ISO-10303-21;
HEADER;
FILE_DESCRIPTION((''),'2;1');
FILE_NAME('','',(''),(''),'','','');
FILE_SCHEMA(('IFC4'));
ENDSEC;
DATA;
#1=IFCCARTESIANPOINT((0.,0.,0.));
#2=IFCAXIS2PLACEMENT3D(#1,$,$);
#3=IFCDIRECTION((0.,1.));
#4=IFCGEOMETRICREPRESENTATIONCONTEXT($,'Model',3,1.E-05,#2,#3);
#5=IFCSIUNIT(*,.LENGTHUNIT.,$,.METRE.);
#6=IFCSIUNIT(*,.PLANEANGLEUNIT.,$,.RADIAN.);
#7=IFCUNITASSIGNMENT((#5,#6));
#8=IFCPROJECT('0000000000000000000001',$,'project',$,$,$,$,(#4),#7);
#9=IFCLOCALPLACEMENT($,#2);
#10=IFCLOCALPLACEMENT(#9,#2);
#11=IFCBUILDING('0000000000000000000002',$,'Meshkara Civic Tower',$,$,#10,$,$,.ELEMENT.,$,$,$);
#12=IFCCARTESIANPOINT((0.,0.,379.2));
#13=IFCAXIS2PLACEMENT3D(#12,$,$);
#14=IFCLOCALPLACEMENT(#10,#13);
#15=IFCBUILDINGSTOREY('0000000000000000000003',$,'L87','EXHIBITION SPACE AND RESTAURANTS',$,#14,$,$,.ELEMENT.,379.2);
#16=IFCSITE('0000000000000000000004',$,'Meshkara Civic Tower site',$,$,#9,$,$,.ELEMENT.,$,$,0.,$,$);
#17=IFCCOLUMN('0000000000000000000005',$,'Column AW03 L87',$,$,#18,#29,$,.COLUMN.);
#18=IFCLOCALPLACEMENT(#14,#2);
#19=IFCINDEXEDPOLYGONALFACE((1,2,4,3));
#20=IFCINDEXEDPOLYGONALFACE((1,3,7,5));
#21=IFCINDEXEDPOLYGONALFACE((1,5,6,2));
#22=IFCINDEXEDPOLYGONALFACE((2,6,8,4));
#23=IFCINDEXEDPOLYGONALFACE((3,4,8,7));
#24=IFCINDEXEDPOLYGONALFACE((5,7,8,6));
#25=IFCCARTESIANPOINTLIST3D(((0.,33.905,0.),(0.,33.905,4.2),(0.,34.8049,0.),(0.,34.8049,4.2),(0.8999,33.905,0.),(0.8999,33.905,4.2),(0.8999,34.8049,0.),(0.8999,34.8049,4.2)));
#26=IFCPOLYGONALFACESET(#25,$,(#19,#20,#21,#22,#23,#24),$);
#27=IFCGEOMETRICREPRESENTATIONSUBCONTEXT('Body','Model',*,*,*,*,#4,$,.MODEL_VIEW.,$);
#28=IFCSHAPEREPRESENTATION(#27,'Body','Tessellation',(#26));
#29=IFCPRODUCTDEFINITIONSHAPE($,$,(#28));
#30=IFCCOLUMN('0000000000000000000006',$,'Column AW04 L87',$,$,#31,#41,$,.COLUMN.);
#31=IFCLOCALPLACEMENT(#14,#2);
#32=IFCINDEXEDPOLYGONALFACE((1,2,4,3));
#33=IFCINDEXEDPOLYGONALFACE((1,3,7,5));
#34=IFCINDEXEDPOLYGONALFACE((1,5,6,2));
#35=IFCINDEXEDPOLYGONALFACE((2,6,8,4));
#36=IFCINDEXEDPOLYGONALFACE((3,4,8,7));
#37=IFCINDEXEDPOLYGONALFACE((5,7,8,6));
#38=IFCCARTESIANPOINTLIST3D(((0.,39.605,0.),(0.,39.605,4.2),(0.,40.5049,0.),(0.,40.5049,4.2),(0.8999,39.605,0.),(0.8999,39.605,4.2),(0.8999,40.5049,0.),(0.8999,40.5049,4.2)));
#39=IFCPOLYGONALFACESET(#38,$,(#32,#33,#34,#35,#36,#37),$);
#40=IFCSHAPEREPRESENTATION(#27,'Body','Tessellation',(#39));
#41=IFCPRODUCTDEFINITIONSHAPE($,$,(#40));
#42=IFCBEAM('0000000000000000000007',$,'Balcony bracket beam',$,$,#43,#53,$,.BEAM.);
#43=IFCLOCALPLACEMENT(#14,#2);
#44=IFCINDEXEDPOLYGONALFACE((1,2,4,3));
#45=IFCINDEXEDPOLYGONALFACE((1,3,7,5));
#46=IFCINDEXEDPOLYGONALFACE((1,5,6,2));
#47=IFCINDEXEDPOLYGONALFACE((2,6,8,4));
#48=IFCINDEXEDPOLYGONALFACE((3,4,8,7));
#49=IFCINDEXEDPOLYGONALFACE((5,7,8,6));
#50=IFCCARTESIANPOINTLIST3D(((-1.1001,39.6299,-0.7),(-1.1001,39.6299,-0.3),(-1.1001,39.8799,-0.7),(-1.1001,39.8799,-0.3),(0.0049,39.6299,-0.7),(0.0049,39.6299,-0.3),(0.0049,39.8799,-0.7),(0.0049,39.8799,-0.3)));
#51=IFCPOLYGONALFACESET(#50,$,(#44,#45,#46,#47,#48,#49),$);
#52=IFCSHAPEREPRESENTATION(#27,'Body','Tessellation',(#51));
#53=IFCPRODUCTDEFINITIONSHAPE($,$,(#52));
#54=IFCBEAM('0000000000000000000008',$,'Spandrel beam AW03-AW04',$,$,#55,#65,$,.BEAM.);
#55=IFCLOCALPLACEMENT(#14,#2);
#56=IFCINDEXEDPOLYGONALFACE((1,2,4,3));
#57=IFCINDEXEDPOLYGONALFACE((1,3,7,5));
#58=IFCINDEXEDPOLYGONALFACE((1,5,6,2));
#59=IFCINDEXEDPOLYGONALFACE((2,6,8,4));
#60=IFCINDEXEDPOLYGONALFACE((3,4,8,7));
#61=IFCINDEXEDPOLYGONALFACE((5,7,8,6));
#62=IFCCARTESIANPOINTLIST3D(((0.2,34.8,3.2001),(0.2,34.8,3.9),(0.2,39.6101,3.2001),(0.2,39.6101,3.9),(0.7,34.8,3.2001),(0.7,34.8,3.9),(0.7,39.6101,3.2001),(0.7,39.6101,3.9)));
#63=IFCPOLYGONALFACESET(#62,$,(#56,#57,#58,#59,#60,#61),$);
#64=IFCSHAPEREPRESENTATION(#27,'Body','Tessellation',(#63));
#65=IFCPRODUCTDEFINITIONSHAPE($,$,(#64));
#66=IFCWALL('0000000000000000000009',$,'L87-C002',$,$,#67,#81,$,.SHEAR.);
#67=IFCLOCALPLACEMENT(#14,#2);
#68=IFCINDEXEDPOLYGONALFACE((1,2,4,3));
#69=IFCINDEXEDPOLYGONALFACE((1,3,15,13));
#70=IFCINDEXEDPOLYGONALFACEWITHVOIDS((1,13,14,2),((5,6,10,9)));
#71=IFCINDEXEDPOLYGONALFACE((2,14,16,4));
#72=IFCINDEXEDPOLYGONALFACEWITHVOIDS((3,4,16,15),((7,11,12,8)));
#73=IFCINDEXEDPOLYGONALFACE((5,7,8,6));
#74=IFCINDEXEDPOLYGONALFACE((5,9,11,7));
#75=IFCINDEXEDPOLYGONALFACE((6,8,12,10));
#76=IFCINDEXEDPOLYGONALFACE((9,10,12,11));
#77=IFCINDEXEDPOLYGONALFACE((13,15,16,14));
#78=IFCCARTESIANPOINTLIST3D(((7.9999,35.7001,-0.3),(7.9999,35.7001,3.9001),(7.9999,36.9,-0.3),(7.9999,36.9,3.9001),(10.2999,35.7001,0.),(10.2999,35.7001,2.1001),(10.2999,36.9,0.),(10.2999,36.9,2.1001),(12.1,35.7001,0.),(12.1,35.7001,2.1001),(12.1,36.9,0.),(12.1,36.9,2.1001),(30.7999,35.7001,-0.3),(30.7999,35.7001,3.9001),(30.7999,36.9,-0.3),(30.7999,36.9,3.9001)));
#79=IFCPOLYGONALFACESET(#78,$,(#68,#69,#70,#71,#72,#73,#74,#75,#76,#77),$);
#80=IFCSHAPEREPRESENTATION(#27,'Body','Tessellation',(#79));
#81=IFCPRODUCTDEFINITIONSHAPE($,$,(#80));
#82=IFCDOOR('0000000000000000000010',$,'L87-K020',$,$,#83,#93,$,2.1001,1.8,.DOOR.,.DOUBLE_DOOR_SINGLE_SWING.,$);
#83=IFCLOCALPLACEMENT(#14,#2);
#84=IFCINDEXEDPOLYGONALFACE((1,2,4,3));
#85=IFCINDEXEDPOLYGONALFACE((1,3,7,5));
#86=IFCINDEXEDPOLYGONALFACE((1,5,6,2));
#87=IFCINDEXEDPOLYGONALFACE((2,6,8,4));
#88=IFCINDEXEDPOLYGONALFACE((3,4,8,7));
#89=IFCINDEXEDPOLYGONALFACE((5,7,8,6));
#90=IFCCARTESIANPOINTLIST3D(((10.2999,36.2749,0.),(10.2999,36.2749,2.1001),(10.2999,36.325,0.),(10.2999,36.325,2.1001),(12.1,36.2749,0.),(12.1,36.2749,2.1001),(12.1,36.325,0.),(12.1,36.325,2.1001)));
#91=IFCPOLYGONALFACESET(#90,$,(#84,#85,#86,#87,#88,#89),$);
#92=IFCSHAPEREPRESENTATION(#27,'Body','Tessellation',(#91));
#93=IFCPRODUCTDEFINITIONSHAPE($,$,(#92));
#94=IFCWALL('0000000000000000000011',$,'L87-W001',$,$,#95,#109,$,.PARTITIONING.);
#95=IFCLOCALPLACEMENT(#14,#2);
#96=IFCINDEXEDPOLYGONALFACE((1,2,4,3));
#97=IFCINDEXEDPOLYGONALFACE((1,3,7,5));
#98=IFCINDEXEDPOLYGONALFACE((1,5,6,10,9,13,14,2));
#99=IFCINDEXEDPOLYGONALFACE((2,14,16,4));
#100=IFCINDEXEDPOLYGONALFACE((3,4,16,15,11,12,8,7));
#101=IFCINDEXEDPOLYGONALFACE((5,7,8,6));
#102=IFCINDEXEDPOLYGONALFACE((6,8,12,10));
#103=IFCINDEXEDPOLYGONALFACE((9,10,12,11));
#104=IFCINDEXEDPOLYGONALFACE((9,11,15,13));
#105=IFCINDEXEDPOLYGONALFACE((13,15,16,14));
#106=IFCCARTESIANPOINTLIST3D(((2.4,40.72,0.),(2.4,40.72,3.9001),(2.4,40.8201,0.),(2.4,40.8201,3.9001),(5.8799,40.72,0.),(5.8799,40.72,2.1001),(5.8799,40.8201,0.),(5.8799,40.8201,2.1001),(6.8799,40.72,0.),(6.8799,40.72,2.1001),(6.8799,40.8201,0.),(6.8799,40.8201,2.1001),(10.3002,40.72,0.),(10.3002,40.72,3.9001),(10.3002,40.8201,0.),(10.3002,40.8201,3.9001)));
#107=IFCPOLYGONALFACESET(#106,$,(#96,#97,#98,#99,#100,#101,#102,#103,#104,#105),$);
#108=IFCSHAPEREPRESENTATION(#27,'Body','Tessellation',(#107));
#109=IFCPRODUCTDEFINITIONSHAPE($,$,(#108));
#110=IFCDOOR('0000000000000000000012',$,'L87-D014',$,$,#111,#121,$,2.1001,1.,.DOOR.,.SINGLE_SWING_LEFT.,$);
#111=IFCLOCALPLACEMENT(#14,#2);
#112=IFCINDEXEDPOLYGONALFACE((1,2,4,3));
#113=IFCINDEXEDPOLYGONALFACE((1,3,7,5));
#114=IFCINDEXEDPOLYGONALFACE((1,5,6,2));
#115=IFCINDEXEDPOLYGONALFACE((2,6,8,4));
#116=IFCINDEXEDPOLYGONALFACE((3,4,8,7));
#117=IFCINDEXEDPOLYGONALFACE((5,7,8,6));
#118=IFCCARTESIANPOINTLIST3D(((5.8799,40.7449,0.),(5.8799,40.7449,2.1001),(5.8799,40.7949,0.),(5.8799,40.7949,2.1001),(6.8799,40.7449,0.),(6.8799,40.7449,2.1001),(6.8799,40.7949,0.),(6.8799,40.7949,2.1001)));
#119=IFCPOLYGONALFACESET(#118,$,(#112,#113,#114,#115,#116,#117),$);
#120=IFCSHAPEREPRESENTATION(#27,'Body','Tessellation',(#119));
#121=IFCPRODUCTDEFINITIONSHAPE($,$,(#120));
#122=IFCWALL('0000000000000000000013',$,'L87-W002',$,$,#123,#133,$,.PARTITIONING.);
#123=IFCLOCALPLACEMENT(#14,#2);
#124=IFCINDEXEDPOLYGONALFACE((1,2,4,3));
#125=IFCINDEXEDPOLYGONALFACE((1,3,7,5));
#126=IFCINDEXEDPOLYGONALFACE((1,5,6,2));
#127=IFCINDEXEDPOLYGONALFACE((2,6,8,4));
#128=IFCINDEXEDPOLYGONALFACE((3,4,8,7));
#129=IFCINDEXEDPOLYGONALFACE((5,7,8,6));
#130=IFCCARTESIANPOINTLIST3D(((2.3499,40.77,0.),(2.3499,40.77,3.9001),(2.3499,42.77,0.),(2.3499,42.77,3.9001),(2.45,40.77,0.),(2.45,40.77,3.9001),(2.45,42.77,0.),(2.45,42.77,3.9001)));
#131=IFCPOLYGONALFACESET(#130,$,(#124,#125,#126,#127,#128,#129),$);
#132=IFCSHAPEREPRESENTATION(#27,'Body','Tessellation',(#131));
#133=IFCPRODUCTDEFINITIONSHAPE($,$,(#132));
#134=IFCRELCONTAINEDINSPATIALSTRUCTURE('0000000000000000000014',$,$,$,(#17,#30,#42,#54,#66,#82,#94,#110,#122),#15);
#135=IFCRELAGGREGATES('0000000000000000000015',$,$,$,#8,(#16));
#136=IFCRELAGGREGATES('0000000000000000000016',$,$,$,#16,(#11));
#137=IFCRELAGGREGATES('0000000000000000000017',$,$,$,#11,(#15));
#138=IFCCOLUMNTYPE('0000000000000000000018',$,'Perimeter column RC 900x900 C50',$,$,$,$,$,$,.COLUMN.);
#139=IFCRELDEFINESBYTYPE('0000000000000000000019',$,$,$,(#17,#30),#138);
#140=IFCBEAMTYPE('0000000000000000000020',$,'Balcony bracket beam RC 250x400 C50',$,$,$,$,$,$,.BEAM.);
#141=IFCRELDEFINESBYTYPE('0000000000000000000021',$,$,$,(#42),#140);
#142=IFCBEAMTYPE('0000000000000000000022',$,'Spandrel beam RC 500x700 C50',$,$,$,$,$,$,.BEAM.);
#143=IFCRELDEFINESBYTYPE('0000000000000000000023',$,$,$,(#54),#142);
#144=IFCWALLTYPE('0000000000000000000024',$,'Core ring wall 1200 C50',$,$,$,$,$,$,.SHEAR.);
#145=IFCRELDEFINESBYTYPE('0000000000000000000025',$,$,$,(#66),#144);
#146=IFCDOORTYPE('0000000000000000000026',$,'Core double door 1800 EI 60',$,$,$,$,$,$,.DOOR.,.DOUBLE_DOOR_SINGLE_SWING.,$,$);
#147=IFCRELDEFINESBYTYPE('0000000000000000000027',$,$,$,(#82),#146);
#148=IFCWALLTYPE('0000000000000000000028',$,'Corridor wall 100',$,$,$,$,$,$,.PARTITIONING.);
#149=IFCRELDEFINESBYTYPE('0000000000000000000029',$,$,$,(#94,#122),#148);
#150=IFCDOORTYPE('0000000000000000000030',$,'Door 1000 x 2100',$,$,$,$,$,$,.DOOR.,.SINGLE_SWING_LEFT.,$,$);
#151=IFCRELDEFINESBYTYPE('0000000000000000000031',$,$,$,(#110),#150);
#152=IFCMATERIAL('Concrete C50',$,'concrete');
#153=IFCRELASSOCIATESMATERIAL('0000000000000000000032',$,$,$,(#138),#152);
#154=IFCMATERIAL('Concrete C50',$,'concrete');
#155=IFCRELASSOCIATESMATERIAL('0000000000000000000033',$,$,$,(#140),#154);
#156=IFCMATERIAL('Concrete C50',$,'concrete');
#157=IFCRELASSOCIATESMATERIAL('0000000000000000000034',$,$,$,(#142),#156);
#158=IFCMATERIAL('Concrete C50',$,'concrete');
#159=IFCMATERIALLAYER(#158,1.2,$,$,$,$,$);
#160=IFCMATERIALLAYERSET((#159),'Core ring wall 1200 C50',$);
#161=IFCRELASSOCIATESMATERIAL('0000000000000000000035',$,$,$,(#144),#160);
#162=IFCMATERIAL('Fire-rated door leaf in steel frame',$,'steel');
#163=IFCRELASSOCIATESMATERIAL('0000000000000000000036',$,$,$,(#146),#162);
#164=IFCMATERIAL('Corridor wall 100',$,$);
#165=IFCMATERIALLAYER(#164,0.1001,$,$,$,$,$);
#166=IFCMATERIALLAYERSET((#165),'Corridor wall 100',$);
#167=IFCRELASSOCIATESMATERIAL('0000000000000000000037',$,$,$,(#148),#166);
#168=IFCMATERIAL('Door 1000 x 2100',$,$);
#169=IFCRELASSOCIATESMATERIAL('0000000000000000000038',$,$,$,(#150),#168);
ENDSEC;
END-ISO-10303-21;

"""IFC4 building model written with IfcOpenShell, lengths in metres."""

from ifc_helpers import new_model, si_unit, direction, frame, frame_2d, origin, origin_2d, place, context, subcontext, project, spatial, rectangle, extrude, material, layer, layer_set, material_profile, profile_set, type_object, element, fill, save


model = new_model("IFC4")

# Units and contexts
model_context = context("Model", 3, precision=1e-05, world=origin(), true_north=direction((0.0, 1.0)))
body_context = subcontext(model_context, "Body", "Model", "MODEL_VIEW")
ifc_project = project(units=[si_unit("LENGTHUNIT", "METRE"), si_unit("PLANEANGLEUNIT", "RADIAN")], contexts=[model_context])

# Site, building, storey
site_placement = place(None, origin())
site = spatial("IfcSite", under=ifc_project, at=site_placement, Name="Meshkara Civic Tower site", CompositionType="ELEMENT", RefElevation=0.0)
building_placement = place(site_placement, origin())
building = spatial("IfcBuilding", under=site, at=building_placement, Name="Meshkara Civic Tower", CompositionType="ELEMENT")
storey_placement = place(building_placement, frame((0.0, 0.0, 379.2)))
storey = spatial("IfcBuildingStorey", under=building, at=storey_placement, Name="L87", Description="EXHIBITION SPACE AND RESTAURANTS", CompositionType="ELEMENT", Elevation=379.2)

# Columns
ifc_material_1 = material(Name="Concrete C50", Category="concrete")
ifc_material_profile_1 = material_profile(ifc_material_1, rectangle(XDim=0.8999, YDim=0.8999, at=origin_2d()))
ifc_profile_set_1 = profile_set([ifc_material_profile_1], Name="Concrete C50")
column_type = type_object("IfcColumnType", Name="Perimeter column RC 900x900 C50", PredefinedType="COLUMN", material=ifc_profile_set_1)
for number, where, z_axis, x_axis, name in (
    (1, (0.45, 34.355, 0.0), (0.0, 0.0, 1.0), (1.0, 0.0, 0.0), "Column AW03 L87"),
    (2, (0.45, 40.0549, 0.0), (0.0, 0.0, 1.0), (1.0, 0.0, 0.0), "Column AW04 L87"),
):
    element("IfcColumn", number, at=place(storey_placement, frame(where, z_axis=z_axis, x_axis=x_axis)), inside=storey, type_object=column_type, Name=name, PredefinedType="COLUMN", context=body_context, shape_type="SweptSolid", body=[
        extrude(rectangle(XDim=0.8999, YDim=0.8999, at=origin_2d()), origin(), (0.0, 0.0, 1.0), 4.2),
    ])

# Beams
ifc_material_2 = material(Name="Concrete C50", Category="concrete")
ifc_material_profile_2 = material_profile(ifc_material_2, rectangle(XDim=0.25, YDim=0.3999, at=origin_2d()))
ifc_profile_set_2 = profile_set([ifc_material_profile_2], Name="Concrete C50")
beam_type_1 = type_object("IfcBeamType", Name="Balcony bracket beam RC 250x400 C50", PredefinedType="BEAM", material=ifc_profile_set_2)
beam_1_placement = place(storey_placement, frame((0.0049, 39.7549, -0.5), z_axis=(-1.0, 0.0, 0.0), x_axis=(0.0, -1.0, 0.0)))
element("IfcBeam", 3, at=beam_1_placement, inside=storey, type_object=beam_type_1, Name="Balcony bracket beam", PredefinedType="BEAM", context=body_context, shape_type="SweptSolid", body=[
    extrude(rectangle(XDim=0.25, YDim=0.3999, at=origin_2d()), origin(), (0.0, 0.0, 1.0), 1.105),
])
ifc_material_3 = material(Name="Concrete C50", Category="concrete")
ifc_material_profile_3 = material_profile(ifc_material_3, rectangle(XDim=0.5, YDim=0.7, at=origin_2d()))
ifc_profile_set_3 = profile_set([ifc_material_profile_3], Name="Concrete C50")
beam_type_2 = type_object("IfcBeamType", Name="Spandrel beam RC 500x700 C50", PredefinedType="BEAM", material=ifc_profile_set_3)
beam_2_placement = place(storey_placement, frame((0.45, 39.6101, 3.55), z_axis=(0.0, -1.0, 0.0), x_axis=(1.0, 0.0, 0.0)))
element("IfcBeam", 4, at=beam_2_placement, inside=storey, type_object=beam_type_2, Name="Spandrel beam AW03-AW04", PredefinedType="BEAM", context=body_context, shape_type="SweptSolid", body=[
    extrude(rectangle(XDim=0.5, YDim=0.7, at=origin_2d()), origin(), (0.0, 0.0, 1.0), 4.8101),
])

# Walls, openings, doors
ifc_material_4 = material(Name="Concrete C50", Category="concrete")
ifc_layer_1 = layer(ifc_material_4, 1.2)
ifc_layer_set_1 = layer_set([ifc_layer_1], Name="Core ring wall 1200 C50")
wall_type_1 = type_object("IfcWallType", Name="Core ring wall 1200 C50", PredefinedType="SHEAR", material=ifc_layer_set_1)
wall_1_placement = place(storey_placement, frame((8.0, 36.3, -0.3), z_axis=(0.0, 0.0, 1.0), x_axis=(1.0, 0.0, 0.0)))
wall_1 = element("IfcWall", 5, at=wall_1_placement, inside=storey, type_object=wall_type_1, Name="L87-C002", PredefinedType="SHEAR", context=body_context, shape_type="SweptSolid", body=[
    extrude(rectangle(XDim=22.8, YDim=1.2, at=frame_2d((11.3999, 0.0))), origin(), (0.0, 0.0, 1.0), 4.2002),
])
opening_1_placement = place(wall_1_placement, frame((2.3, 0.0, 0.3)))
opening_1 = element("IfcOpeningElement", 6, at=opening_1_placement, cuts=wall_1, PredefinedType="OPENING", context=body_context, shape_type="SweptSolid", body=[
    extrude(rectangle(XDim=1.8, YDim=2.1001, at=frame_2d((0.8999, 1.05))), frame((0.0, 0.6099, 0.0), z_axis=(0.0, -1.0, 0.0), x_axis=(1.0, 0.0, 0.0)), (0.0, 0.0, 1.0), 1.22),
])
ifc_material_5 = material(Name="Fire-rated door leaf in steel frame", Category="steel")
door_type_1 = type_object("IfcDoorType", Name="Core double door 1800 EI 60", OperationType="DOUBLE_DOOR_SINGLE_SWING", PredefinedType="DOOR", material=ifc_material_5)
door_1_placement = place(opening_1_placement, origin())
door_1 = element("IfcDoor", 7, at=door_1_placement, inside=storey, type_object=door_type_1, Name="L87-K020", OperationType="DOUBLE_DOOR_SINGLE_SWING", OverallHeight=2.1001, OverallWidth=1.8, PredefinedType="DOOR", context=body_context, shape_type="SweptSolid", body=[
    extrude(rectangle(XDim=1.8, YDim=2.1001, at=frame_2d((0.8999, 1.05))), frame((0.0, 0.0249, 0.0), z_axis=(0.0, -1.0, 0.0), x_axis=(1.0, 0.0, 0.0)), (0.0, 0.0, 1.0), 0.05),
])
fill(opening_1, door_1)
ifc_material_6 = material(Name="Corridor wall 100")
ifc_layer_2 = layer(ifc_material_6, 0.1001)
ifc_layer_set_2 = layer_set([ifc_layer_2], Name="Corridor wall 100")
wall_type_2 = type_object("IfcWallType", Name="Corridor wall 100", PredefinedType="PARTITIONING", material=ifc_layer_set_2)
wall_2_placement = place(storey_placement, frame((2.3999, 40.77, 0.0), z_axis=(0.0, 0.0, 1.0), x_axis=(1.0, 0.0, 0.0)))
wall_2 = element("IfcWall", 8, at=wall_2_placement, inside=storey, type_object=wall_type_2, Name="L87-W001", PredefinedType="PARTITIONING", context=body_context, shape_type="SweptSolid", body=[
    extrude(rectangle(XDim=7.9001, YDim=0.1001, at=frame_2d((3.9502, 0.0))), origin(), (0.0, 0.0, 1.0), 3.9001),
])
opening_2_placement = place(wall_2_placement, frame((3.48, 0.0, 0.0)))
opening_2 = element("IfcOpeningElement", 9, at=opening_2_placement, cuts=wall_2, PredefinedType="OPENING", context=body_context, shape_type="SweptSolid", body=[
    extrude(rectangle(XDim=1.0, YDim=2.1001, at=frame_2d((0.5, 1.05))), frame((0.0, 0.0601, 0.0), z_axis=(0.0, -1.0, 0.0), x_axis=(1.0, 0.0, 0.0)), (0.0, 0.0, 1.0), 0.1201),
])
ifc_material_7 = material(Name="Door 1000 x 2100")
door_type_2 = type_object("IfcDoorType", Name="Door 1000 x 2100", OperationType="SINGLE_SWING_LEFT", PredefinedType="DOOR", material=ifc_material_7)
door_2_placement = place(opening_2_placement, origin())
door_2 = element("IfcDoor", 10, at=door_2_placement, inside=storey, type_object=door_type_2, Name="L87-D014", OperationType="SINGLE_SWING_LEFT", OverallHeight=2.1001, OverallWidth=1.0, PredefinedType="DOOR", context=body_context, shape_type="SweptSolid", body=[
    extrude(rectangle(XDim=1.0, YDim=2.1001, at=frame_2d((0.5, 1.05))), frame((0.0, 0.0249, 0.0), z_axis=(0.0, -1.0, 0.0), x_axis=(1.0, 0.0, 0.0)), (0.0, 0.0, 1.0), 0.05),
])
fill(opening_2, door_2)

# Wall
wall_3_placement = place(storey_placement, frame((2.3999, 42.77, 0.0), z_axis=(0.0, 0.0, 1.0), x_axis=(0.0, -1.0, 0.0)))
element("IfcWall", 11, at=wall_3_placement, inside=storey, type_object=wall_type_2, Name="L87-W002", PredefinedType="PARTITIONING", context=body_context, shape_type="SweptSolid", body=[
    extrude(rectangle(XDim=2.0, YDim=0.1001, at=frame_2d((1.0, 0.0))), origin(), (0.0, 0.0, 1.0), 3.9001),
])

save(model, "model.ifc")
